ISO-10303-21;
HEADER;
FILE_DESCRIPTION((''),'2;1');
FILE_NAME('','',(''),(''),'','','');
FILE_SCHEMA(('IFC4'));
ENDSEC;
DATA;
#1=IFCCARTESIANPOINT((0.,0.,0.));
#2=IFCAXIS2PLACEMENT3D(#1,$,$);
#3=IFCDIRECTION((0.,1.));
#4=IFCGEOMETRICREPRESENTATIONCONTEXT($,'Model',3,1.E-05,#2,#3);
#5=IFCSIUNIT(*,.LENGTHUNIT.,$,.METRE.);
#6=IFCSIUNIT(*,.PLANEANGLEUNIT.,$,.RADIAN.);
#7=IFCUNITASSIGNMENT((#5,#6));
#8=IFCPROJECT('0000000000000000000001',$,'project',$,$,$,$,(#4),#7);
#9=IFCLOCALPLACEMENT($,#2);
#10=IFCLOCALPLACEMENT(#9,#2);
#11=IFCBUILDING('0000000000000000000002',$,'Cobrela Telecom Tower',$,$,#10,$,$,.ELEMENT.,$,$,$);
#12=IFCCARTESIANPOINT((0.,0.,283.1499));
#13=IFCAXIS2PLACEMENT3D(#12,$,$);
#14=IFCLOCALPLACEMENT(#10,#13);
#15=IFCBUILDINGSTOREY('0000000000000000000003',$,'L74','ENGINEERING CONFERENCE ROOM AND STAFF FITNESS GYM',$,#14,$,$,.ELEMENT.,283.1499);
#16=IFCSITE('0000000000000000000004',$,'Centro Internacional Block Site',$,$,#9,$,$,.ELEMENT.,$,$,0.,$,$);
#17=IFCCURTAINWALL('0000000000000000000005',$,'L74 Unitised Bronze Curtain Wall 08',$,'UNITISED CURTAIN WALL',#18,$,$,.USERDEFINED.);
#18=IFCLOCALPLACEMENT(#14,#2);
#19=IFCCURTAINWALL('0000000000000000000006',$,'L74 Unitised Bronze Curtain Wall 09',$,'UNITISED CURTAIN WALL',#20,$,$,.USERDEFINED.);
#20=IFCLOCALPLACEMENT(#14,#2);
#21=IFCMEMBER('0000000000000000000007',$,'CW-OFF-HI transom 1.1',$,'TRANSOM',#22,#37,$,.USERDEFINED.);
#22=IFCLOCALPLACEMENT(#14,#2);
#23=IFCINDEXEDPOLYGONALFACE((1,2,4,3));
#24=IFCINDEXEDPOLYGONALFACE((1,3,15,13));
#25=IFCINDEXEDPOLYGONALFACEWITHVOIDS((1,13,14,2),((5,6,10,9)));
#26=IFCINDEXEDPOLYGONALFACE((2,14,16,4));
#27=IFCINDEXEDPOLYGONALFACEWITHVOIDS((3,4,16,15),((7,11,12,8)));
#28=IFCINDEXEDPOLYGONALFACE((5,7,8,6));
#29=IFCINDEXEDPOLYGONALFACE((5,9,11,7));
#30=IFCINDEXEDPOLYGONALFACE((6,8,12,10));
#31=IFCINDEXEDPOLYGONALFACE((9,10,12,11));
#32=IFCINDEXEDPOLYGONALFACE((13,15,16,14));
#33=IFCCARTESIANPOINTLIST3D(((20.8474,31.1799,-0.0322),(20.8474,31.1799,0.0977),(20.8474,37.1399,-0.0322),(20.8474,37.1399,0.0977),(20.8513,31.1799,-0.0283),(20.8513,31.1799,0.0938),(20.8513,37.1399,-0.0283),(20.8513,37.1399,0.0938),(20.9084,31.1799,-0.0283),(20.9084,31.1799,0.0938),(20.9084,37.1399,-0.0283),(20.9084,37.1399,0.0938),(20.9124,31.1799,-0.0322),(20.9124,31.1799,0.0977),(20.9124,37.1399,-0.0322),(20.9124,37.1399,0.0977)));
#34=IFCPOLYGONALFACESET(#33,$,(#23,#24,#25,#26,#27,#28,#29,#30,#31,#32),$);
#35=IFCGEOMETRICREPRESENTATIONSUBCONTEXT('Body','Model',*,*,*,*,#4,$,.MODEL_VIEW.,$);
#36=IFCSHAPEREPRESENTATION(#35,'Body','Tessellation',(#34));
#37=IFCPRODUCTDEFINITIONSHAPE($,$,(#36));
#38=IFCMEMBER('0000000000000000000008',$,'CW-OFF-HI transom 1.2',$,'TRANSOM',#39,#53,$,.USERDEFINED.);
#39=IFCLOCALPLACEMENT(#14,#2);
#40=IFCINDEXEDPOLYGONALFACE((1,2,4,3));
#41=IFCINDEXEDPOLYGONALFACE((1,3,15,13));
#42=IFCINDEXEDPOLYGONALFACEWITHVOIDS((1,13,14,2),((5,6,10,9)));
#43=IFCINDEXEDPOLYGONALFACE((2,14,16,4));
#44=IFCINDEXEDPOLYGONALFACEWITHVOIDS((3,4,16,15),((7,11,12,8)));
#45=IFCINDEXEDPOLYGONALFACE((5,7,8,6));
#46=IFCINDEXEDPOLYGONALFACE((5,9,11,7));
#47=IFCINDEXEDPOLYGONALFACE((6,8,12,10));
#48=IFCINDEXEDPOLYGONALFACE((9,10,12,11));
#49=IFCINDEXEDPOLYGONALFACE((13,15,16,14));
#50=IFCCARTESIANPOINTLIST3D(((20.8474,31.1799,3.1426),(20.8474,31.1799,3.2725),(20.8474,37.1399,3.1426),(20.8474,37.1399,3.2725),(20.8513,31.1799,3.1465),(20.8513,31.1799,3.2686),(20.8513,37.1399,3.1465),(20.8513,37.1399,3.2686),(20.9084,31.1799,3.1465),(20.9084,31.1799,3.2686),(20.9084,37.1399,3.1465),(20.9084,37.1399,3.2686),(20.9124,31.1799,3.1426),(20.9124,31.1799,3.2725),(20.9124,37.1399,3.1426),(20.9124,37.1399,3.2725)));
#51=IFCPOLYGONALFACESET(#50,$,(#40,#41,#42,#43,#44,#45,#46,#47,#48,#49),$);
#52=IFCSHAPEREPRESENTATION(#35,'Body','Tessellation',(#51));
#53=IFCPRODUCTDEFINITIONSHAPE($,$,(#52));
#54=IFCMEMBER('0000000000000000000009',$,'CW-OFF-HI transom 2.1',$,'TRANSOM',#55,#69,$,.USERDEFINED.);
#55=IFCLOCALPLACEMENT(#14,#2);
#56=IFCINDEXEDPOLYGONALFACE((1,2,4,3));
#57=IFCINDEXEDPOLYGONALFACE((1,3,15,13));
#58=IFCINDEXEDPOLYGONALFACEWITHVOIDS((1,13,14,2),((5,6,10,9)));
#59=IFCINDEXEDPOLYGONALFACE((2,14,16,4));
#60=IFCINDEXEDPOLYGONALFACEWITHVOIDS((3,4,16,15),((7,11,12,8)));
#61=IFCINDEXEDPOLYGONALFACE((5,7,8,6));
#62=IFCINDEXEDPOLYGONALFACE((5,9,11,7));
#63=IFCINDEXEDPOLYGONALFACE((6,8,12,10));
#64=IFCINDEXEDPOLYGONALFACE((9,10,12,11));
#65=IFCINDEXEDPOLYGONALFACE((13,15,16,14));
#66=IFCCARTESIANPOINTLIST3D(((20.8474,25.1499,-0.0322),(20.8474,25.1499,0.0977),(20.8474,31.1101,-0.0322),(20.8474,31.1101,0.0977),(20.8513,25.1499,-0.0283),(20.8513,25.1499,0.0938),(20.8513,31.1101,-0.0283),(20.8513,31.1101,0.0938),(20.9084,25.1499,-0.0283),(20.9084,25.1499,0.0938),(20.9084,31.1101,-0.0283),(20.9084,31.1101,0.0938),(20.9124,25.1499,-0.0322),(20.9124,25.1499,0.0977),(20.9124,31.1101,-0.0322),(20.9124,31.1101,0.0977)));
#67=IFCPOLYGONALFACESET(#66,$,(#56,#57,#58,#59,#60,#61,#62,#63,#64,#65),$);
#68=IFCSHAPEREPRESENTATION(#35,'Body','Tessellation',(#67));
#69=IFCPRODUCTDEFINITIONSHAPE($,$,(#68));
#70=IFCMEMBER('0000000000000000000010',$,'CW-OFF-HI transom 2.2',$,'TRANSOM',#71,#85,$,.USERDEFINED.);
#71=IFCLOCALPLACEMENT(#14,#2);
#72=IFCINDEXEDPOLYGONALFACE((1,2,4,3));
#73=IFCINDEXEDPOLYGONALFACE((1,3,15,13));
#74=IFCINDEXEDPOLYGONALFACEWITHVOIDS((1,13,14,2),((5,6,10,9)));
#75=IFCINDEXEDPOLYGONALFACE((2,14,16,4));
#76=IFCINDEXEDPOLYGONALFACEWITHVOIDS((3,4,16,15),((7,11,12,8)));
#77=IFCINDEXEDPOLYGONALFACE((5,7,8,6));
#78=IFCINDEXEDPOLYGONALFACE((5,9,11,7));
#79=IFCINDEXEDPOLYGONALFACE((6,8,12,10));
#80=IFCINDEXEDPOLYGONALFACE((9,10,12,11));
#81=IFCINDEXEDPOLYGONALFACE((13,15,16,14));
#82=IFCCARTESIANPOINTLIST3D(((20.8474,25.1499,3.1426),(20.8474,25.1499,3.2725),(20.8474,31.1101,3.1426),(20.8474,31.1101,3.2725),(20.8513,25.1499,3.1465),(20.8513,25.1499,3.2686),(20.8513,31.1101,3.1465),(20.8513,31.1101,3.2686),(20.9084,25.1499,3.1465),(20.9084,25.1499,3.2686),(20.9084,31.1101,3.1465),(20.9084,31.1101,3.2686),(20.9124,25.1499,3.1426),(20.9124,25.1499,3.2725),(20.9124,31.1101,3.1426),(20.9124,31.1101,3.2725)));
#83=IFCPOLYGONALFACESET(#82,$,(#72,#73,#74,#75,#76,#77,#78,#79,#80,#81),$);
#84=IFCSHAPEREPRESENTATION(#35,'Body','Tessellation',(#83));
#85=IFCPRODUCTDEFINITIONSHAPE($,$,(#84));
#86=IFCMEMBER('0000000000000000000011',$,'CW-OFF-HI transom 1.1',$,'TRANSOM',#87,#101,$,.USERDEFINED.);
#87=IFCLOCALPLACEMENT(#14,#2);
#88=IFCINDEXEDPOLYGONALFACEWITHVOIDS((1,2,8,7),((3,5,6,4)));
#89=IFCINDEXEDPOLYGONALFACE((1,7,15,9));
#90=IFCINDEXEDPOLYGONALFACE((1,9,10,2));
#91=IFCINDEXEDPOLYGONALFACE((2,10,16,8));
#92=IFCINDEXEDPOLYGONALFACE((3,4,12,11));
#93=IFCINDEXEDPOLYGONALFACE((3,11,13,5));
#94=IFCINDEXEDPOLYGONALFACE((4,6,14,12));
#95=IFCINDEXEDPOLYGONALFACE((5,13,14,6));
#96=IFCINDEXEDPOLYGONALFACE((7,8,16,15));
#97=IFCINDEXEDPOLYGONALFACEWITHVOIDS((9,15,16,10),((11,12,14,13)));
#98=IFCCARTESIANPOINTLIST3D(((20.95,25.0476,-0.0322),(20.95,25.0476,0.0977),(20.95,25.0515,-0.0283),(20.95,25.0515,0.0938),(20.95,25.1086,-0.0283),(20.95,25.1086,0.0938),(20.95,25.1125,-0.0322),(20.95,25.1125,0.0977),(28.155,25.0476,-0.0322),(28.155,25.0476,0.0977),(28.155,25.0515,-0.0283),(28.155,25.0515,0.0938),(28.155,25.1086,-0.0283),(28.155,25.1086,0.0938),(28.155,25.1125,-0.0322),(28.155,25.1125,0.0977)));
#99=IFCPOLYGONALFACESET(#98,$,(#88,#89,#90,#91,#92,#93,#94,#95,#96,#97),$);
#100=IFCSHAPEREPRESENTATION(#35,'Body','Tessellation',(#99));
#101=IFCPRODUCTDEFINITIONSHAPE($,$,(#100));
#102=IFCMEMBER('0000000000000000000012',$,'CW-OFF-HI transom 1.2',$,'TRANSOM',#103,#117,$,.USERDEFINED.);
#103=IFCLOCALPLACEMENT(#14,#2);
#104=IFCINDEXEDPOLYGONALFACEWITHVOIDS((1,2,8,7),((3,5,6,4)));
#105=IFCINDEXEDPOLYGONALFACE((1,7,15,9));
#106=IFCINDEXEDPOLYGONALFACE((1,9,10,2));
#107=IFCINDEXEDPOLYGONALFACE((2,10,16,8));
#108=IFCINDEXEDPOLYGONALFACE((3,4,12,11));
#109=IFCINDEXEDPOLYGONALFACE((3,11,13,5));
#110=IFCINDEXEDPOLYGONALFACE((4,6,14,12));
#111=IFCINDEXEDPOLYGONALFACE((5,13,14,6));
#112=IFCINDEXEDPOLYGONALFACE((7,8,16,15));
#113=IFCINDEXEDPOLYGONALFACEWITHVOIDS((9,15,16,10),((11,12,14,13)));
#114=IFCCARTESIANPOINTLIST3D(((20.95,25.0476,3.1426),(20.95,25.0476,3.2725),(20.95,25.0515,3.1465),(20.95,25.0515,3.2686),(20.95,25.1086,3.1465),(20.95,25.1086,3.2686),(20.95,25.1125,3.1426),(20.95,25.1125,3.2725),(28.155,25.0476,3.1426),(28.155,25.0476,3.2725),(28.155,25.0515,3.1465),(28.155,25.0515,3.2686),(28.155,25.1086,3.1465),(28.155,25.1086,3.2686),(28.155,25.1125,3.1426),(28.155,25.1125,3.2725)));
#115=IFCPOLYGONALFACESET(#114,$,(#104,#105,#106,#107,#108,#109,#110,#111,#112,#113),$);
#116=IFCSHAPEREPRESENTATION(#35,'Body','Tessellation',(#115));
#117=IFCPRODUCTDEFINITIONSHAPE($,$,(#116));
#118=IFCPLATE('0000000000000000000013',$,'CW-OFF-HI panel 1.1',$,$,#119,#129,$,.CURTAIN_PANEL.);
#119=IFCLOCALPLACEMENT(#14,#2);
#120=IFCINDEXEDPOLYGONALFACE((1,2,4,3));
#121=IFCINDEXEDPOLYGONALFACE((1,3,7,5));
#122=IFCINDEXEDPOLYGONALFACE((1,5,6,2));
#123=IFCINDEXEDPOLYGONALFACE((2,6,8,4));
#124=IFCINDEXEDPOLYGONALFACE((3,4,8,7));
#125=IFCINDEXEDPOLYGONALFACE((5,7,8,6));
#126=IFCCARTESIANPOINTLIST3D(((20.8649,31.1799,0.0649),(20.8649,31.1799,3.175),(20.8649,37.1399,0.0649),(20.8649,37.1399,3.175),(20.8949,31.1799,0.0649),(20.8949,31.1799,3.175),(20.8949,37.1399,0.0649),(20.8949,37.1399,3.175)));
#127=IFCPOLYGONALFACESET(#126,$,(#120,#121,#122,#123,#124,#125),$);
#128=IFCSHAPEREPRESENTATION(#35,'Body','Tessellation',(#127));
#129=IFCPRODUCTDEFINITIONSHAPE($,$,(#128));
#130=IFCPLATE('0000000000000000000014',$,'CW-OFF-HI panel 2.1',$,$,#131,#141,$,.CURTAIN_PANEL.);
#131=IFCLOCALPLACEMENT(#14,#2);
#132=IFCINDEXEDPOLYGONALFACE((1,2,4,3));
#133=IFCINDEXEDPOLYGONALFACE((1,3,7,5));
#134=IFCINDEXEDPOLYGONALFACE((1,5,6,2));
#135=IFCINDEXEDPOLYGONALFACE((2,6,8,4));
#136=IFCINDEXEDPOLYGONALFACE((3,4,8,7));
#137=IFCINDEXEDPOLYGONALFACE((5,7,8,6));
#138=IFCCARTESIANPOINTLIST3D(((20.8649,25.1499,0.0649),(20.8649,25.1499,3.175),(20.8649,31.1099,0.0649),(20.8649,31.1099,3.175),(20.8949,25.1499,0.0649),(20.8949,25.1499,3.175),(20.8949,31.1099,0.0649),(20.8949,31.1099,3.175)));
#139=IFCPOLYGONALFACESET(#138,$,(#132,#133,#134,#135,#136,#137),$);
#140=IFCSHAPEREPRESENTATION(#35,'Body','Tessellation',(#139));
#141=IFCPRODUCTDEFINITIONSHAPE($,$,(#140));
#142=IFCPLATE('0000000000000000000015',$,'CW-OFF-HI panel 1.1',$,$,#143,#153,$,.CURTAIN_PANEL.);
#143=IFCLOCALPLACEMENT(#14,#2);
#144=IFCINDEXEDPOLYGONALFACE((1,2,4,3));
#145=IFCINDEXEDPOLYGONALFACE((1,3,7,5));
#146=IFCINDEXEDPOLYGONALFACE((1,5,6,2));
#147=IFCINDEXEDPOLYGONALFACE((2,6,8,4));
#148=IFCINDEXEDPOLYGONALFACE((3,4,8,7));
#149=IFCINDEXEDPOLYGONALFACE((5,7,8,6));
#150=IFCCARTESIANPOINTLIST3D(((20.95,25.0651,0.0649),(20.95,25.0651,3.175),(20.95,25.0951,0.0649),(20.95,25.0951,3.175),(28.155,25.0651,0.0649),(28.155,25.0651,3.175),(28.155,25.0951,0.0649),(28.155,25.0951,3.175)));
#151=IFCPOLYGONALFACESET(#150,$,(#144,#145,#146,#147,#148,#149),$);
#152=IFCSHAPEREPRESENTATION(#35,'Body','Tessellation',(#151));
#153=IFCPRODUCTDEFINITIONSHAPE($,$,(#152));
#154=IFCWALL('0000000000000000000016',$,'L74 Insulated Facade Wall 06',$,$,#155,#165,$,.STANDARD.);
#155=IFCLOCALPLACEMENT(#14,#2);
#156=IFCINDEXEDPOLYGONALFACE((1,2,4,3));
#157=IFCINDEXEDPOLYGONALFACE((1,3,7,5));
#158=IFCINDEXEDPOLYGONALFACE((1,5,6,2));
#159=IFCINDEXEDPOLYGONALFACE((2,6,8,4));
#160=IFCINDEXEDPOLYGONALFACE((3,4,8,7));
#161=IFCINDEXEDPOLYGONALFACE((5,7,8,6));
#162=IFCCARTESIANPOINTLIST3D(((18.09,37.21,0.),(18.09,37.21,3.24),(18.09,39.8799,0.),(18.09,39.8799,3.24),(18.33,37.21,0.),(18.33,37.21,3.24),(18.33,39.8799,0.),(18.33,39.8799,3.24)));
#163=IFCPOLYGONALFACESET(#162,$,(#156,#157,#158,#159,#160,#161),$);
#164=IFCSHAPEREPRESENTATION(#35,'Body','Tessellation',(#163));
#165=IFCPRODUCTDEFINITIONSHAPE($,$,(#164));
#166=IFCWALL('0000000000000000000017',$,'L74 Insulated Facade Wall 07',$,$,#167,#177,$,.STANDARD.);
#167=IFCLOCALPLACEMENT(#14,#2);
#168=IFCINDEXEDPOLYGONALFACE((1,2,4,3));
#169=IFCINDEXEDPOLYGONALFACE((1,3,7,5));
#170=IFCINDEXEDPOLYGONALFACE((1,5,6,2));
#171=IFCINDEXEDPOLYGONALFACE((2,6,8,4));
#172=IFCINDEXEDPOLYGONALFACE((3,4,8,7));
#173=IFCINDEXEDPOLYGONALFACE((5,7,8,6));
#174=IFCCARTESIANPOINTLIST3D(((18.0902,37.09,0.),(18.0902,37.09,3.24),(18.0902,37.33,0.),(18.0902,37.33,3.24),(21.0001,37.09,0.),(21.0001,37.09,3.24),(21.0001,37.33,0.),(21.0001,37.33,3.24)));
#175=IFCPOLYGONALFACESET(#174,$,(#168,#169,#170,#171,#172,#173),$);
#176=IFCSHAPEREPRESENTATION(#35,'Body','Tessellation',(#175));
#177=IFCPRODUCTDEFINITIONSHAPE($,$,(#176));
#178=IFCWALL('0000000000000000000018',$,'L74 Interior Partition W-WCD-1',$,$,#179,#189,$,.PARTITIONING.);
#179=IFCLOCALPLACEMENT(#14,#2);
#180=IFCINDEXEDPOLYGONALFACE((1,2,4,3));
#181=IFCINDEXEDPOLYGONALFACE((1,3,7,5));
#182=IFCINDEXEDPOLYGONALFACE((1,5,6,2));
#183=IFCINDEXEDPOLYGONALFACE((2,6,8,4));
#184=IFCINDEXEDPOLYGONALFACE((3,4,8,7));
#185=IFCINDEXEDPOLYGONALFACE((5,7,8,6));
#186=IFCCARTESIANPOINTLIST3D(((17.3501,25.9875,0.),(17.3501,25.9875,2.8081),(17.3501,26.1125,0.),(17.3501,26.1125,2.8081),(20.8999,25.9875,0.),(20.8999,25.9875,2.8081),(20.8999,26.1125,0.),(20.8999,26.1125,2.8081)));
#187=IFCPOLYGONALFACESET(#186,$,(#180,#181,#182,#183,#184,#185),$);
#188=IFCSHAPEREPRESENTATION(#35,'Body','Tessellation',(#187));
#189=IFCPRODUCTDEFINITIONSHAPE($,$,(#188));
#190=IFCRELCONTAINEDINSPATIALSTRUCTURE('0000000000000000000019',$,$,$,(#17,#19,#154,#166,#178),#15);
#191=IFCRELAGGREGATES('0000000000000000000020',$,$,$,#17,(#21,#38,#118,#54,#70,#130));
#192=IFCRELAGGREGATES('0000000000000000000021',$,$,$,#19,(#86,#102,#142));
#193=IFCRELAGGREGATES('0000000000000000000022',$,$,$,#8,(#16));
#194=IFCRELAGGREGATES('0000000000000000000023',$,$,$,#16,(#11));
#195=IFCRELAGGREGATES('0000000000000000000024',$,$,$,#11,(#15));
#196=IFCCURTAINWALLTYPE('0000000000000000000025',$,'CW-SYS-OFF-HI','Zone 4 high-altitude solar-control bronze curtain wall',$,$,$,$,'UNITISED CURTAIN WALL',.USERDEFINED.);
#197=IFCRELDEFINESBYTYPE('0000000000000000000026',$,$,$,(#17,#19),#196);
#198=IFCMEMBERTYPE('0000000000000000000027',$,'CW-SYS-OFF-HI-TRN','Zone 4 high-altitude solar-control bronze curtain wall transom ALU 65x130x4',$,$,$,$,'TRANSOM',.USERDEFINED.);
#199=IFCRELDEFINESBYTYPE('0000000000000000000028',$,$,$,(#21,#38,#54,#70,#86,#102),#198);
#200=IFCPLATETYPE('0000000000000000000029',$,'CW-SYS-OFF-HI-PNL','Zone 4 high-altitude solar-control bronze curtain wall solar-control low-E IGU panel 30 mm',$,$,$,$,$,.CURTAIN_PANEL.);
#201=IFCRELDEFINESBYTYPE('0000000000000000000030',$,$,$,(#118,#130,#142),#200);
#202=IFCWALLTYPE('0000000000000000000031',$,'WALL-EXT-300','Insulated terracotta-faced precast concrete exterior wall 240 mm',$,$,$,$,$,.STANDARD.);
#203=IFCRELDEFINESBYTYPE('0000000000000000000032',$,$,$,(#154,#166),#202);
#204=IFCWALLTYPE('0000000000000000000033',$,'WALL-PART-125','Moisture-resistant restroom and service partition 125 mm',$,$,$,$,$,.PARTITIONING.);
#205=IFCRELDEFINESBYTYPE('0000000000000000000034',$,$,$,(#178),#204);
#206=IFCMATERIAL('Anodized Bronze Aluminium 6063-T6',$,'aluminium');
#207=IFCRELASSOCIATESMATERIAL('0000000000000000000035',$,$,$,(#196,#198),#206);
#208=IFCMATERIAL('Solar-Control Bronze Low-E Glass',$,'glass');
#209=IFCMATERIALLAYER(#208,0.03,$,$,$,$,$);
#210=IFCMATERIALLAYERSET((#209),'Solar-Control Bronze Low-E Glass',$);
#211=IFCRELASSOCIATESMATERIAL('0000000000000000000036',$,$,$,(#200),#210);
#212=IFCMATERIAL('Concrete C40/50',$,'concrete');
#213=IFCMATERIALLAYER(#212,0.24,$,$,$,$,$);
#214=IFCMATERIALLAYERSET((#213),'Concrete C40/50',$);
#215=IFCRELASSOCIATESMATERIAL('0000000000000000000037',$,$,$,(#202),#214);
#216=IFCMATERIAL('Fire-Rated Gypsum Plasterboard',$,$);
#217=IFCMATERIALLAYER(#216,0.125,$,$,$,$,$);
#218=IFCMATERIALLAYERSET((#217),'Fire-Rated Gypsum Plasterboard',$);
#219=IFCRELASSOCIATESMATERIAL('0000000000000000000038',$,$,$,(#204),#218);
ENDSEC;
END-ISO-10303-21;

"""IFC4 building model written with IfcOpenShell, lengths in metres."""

from ifc_helpers import new_model, si_unit, direction, frame, frame_2d, origin, origin_2d, place, context, subcontext, project, spatial, rectangle, hollow_rectangle, extrude, material, layer, layer_set, material_profile, profile_set, type_object, element, aggregate, save


model = new_model("IFC4")

# Units and contexts
model_context = context("Model", 3, precision=1e-05, world=origin(), true_north=direction((0.0, 1.0)))
body_context = subcontext(model_context, "Body", "Model", "MODEL_VIEW")
ifc_project = project(units=[si_unit("LENGTHUNIT", "METRE"), si_unit("PLANEANGLEUNIT", "RADIAN")], contexts=[model_context])

# Site, building, storey
site_placement = place(None, origin())
site = spatial("IfcSite", under=ifc_project, at=site_placement, Name="Centro Internacional Block Site", CompositionType="ELEMENT", RefElevation=0.0)
building_placement = place(site_placement, origin())
building = spatial("IfcBuilding", under=site, at=building_placement, Name="Cobrela Telecom Tower", CompositionType="ELEMENT")
storey_placement = place(building_placement, frame((0.0, 0.0, 283.1499)))
storey = spatial("IfcBuildingStorey", under=building, at=storey_placement, Name="L74", Description="ENGINEERING CONFERENCE ROOM AND STAFF FITNESS GYM", CompositionType="ELEMENT", Elevation=283.1499)

# Shared definitions
ifc_material_1 = material(Name="Anodized Bronze Aluminium 6063-T6", Category="aluminium")
curtain_wall_type = type_object("IfcCurtainWallType", Name="CW-SYS-OFF-HI", Description="Zone 4 high-altitude solar-control bronze curtain wall", ElementType="UNITISED CURTAIN WALL", PredefinedType="USERDEFINED", material=ifc_material_1)

# Curtain wall
curtain_wall_1_placement = place(storey_placement, origin())
curtain_wall_1 = element("IfcCurtainWall", 1, at=curtain_wall_1_placement, inside=storey, type_object=curtain_wall_type, Name="L74 Unitised Bronze Curtain Wall 08", ObjectType="UNITISED CURTAIN WALL", PredefinedType="USERDEFINED")

# Curtain wall
curtain_wall_2_placement = place(storey_placement, origin())
curtain_wall_2 = element("IfcCurtainWall", 2, at=curtain_wall_2_placement, inside=storey, type_object=curtain_wall_type, Name="L74 Unitised Bronze Curtain Wall 09", ObjectType="UNITISED CURTAIN WALL", PredefinedType="USERDEFINED")

# Members
ifc_material_profile_1 = material_profile(ifc_material_1, hollow_rectangle(XDim=0.0649, YDim=0.1299, WallThickness=0.0039, at=origin_2d()), Name="ALU 65x130x4")
ifc_profile_set_1 = profile_set([ifc_material_profile_1], Name="Anodized Bronze Aluminium 6063-T6")
member_type_1 = type_object("IfcMemberType", Name="CW-SYS-OFF-HI-TRN", Description="Zone 4 high-altitude solar-control bronze curtain wall transom ALU 65x130x4", ElementType="TRANSOM", PredefinedType="USERDEFINED", material=ifc_profile_set_1)
member_1_placement = place(storey_placement, frame((20.8799, 37.1399, 0.0327), z_axis=(0.0, -1.0, 0.0), x_axis=(1.0, 0.0, 0.0)))
member_1 = element("IfcMember", 3, at=member_1_placement, type_object=member_type_1, Name="CW-OFF-HI transom 1.1", ObjectType="TRANSOM", PredefinedType="USERDEFINED", context=body_context, shape_type="SweptSolid", body=[
    extrude(hollow_rectangle(XDim=0.0649, YDim=0.1299, WallThickness=0.0039, at=origin_2d()), origin(), (0.0, 0.0, 1.0), 5.96),
])
member_2_placement = place(storey_placement, frame((20.8799, 37.1399, 3.2075), z_axis=(0.0, -1.0, 0.0), x_axis=(1.0, 0.0, 0.0)))
member_2 = element("IfcMember", 4, at=member_2_placement, type_object=member_type_1, Name="CW-OFF-HI transom 1.2", ObjectType="TRANSOM", PredefinedType="USERDEFINED", context=body_context, shape_type="SweptSolid", body=[
    extrude(hollow_rectangle(XDim=0.0649, YDim=0.1299, WallThickness=0.0039, at=origin_2d()), origin(), (0.0, 0.0, 1.0), 5.96),
])
member_3_placement = place(storey_placement, frame((20.8799, 31.1101, 0.0327), z_axis=(0.0, -1.0, 0.0), x_axis=(1.0, 0.0, 0.0)))
member_3 = element("IfcMember", 5, at=member_3_placement, type_object=member_type_1, Name="CW-OFF-HI transom 2.1", ObjectType="TRANSOM", PredefinedType="USERDEFINED", context=body_context, shape_type="SweptSolid", body=[
    extrude(hollow_rectangle(XDim=0.0649, YDim=0.1299, WallThickness=0.0039, at=origin_2d()), origin(), (0.0, 0.0, 1.0), 5.9602),
])
member_4_placement = place(storey_placement, frame((20.8799, 31.1101, 3.2075), z_axis=(0.0, -1.0, 0.0), x_axis=(1.0, 0.0, 0.0)))
member_4 = element("IfcMember", 6, at=member_4_placement, type_object=member_type_1, Name="CW-OFF-HI transom 2.2", ObjectType="TRANSOM", PredefinedType="USERDEFINED", context=body_context, shape_type="SweptSolid", body=[
    extrude(hollow_rectangle(XDim=0.0649, YDim=0.1299, WallThickness=0.0039, at=origin_2d()), origin(), (0.0, 0.0, 1.0), 5.9602),
])
member_5_placement = place(storey_placement, frame((20.95, 25.0801, 0.0327), z_axis=(1.0, 0.0, 0.0), x_axis=(0.0, 1.0, 0.0)))
member_5 = element("IfcMember", 7, at=member_5_placement, type_object=member_type_1, Name="CW-OFF-HI transom 1.1", ObjectType="TRANSOM", PredefinedType="USERDEFINED", context=body_context, shape_type="SweptSolid", body=[
    extrude(hollow_rectangle(XDim=0.0649, YDim=0.1299, WallThickness=0.0039, at=origin_2d()), origin(), (0.0, 0.0, 1.0), 7.2051),
])
member_6_placement = place(storey_placement, frame((20.95, 25.0801, 3.2075), z_axis=(1.0, 0.0, 0.0), x_axis=(0.0, 1.0, 0.0)))
member_6 = element("IfcMember", 8, at=member_6_placement, type_object=member_type_1, Name="CW-OFF-HI transom 1.2", ObjectType="TRANSOM", PredefinedType="USERDEFINED", context=body_context, shape_type="SweptSolid", body=[
    extrude(hollow_rectangle(XDim=0.0649, YDim=0.1299, WallThickness=0.0039, at=origin_2d()), origin(), (0.0, 0.0, 1.0), 7.2051),
])

# Plates
ifc_material_2 = material(Name="Solar-Control Bronze Low-E Glass", Category="glass")
ifc_layer_1 = layer(ifc_material_2, 0.03)
ifc_layer_set_1 = layer_set([ifc_layer_1], Name="Solar-Control Bronze Low-E Glass")
plate_type = type_object("IfcPlateType", Name="CW-SYS-OFF-HI-PNL", Description="Zone 4 high-altitude solar-control bronze curtain wall solar-control low-E IGU panel 30 mm", PredefinedType="CURTAIN_PANEL", material=ifc_layer_set_1)
plate_1_placement = place(storey_placement, frame((20.8799, 34.1599, 0.0649), z_axis=(0.0, 0.0, 1.0), x_axis=(0.0, -1.0, 0.0)))
plate_1 = element("IfcPlate", 9, at=plate_1_placement, type_object=plate_type, Name="CW-OFF-HI panel 1.1", PredefinedType="CURTAIN_PANEL", context=body_context, shape_type="SweptSolid", body=[
    extrude(rectangle(XDim=5.96, YDim=0.03, at=origin_2d()), origin(), (0.0, 0.0, 1.0), 3.1101),
])
plate_2_placement = place(storey_placement, frame((20.8799, 28.1299, 0.0649), z_axis=(0.0, 0.0, 1.0), x_axis=(0.0, -1.0, 0.0)))
plate_2 = element("IfcPlate", 10, at=plate_2_placement, type_object=plate_type, Name="CW-OFF-HI panel 2.1", PredefinedType="CURTAIN_PANEL", context=body_context, shape_type="SweptSolid", body=[
    extrude(rectangle(XDim=5.96, YDim=0.03, at=origin_2d()), origin(), (0.0, 0.0, 1.0), 3.1101),
])
aggregate(curtain_wall_1, [member_1, member_2, plate_1, member_3, member_4, plate_2])
plate_3_placement = place(storey_placement, frame((24.5525, 25.0801, 0.0649), z_axis=(0.0, 0.0, 1.0), x_axis=(1.0, 0.0, 0.0)))
plate_3 = element("IfcPlate", 11, at=plate_3_placement, type_object=plate_type, Name="CW-OFF-HI panel 1.1", PredefinedType="CURTAIN_PANEL", context=body_context, shape_type="SweptSolid", body=[
    extrude(rectangle(XDim=7.2051, YDim=0.03, at=origin_2d()), origin(), (0.0, 0.0, 1.0), 3.1101),
])
aggregate(curtain_wall_2, [member_5, member_6, plate_3])

# Walls
ifc_material_3 = material(Name="Concrete C40/50", Category="concrete")
ifc_layer_2 = layer(ifc_material_3, 0.24)
ifc_layer_set_2 = layer_set([ifc_layer_2], Name="Concrete C40/50")
wall_type_1 = type_object("IfcWallType", Name="WALL-EXT-300", Description="Insulated terracotta-faced precast concrete exterior wall 240 mm", PredefinedType="STANDARD", material=ifc_layer_set_2)
wall_1_placement = place(storey_placement, frame((18.21, 39.8799, 0.0), z_axis=(0.0, 0.0, 1.0), x_axis=(0.0, -1.0, 0.0)))
element("IfcWall", 12, at=wall_1_placement, inside=storey, type_object=wall_type_1, Name="L74 Insulated Facade Wall 06", PredefinedType="STANDARD", context=body_context, shape_type="SweptSolid", body=[
    extrude(rectangle(XDim=2.6699, YDim=0.24, at=frame_2d((1.335, 0.0))), origin(), (0.0, 0.0, 1.0), 3.24),
])
wall_2_placement = place(storey_placement, frame((18.0901, 37.21, 0.0), z_axis=(0.0, 0.0, 1.0), x_axis=(1.0, 0.0, 0.0)))
element("IfcWall", 13, at=wall_2_placement, inside=storey, type_object=wall_type_1, Name="L74 Insulated Facade Wall 07", PredefinedType="STANDARD", context=body_context, shape_type="SweptSolid", body=[
    extrude(rectangle(XDim=2.9099, YDim=0.24, at=frame_2d((1.4551, 0.0))), origin(), (0.0, 0.0, 1.0), 3.24),
])
ifc_material_4 = material(Name="Fire-Rated Gypsum Plasterboard")
ifc_layer_3 = layer(ifc_material_4, 0.125)
ifc_layer_set_3 = layer_set([ifc_layer_3], Name="Fire-Rated Gypsum Plasterboard")
wall_type_2 = type_object("IfcWallType", Name="WALL-PART-125", Description="Moisture-resistant restroom and service partition 125 mm", PredefinedType="PARTITIONING", material=ifc_layer_set_3)
for number, where, z_axis, x_axis, name in (
    (14, (17.3501, 26.05, 0.0), (0.0, 0.0, 1.0), (1.0, 0.0, 0.0), "L74 Interior Partition W-WCD-1"),
):
    element("IfcWall", number, at=place(storey_placement, frame(where, z_axis=z_axis, x_axis=x_axis)), inside=storey, type_object=wall_type_2, Name=name, PredefinedType="PARTITIONING", context=body_context, shape_type="SweptSolid", body=[
        extrude(rectangle(XDim=3.5498, YDim=0.125, at=frame_2d((1.7749, 0.0))), origin(), (0.0, 0.0, 1.0), 2.8081),
    ])

save(model, "model.ifc")
